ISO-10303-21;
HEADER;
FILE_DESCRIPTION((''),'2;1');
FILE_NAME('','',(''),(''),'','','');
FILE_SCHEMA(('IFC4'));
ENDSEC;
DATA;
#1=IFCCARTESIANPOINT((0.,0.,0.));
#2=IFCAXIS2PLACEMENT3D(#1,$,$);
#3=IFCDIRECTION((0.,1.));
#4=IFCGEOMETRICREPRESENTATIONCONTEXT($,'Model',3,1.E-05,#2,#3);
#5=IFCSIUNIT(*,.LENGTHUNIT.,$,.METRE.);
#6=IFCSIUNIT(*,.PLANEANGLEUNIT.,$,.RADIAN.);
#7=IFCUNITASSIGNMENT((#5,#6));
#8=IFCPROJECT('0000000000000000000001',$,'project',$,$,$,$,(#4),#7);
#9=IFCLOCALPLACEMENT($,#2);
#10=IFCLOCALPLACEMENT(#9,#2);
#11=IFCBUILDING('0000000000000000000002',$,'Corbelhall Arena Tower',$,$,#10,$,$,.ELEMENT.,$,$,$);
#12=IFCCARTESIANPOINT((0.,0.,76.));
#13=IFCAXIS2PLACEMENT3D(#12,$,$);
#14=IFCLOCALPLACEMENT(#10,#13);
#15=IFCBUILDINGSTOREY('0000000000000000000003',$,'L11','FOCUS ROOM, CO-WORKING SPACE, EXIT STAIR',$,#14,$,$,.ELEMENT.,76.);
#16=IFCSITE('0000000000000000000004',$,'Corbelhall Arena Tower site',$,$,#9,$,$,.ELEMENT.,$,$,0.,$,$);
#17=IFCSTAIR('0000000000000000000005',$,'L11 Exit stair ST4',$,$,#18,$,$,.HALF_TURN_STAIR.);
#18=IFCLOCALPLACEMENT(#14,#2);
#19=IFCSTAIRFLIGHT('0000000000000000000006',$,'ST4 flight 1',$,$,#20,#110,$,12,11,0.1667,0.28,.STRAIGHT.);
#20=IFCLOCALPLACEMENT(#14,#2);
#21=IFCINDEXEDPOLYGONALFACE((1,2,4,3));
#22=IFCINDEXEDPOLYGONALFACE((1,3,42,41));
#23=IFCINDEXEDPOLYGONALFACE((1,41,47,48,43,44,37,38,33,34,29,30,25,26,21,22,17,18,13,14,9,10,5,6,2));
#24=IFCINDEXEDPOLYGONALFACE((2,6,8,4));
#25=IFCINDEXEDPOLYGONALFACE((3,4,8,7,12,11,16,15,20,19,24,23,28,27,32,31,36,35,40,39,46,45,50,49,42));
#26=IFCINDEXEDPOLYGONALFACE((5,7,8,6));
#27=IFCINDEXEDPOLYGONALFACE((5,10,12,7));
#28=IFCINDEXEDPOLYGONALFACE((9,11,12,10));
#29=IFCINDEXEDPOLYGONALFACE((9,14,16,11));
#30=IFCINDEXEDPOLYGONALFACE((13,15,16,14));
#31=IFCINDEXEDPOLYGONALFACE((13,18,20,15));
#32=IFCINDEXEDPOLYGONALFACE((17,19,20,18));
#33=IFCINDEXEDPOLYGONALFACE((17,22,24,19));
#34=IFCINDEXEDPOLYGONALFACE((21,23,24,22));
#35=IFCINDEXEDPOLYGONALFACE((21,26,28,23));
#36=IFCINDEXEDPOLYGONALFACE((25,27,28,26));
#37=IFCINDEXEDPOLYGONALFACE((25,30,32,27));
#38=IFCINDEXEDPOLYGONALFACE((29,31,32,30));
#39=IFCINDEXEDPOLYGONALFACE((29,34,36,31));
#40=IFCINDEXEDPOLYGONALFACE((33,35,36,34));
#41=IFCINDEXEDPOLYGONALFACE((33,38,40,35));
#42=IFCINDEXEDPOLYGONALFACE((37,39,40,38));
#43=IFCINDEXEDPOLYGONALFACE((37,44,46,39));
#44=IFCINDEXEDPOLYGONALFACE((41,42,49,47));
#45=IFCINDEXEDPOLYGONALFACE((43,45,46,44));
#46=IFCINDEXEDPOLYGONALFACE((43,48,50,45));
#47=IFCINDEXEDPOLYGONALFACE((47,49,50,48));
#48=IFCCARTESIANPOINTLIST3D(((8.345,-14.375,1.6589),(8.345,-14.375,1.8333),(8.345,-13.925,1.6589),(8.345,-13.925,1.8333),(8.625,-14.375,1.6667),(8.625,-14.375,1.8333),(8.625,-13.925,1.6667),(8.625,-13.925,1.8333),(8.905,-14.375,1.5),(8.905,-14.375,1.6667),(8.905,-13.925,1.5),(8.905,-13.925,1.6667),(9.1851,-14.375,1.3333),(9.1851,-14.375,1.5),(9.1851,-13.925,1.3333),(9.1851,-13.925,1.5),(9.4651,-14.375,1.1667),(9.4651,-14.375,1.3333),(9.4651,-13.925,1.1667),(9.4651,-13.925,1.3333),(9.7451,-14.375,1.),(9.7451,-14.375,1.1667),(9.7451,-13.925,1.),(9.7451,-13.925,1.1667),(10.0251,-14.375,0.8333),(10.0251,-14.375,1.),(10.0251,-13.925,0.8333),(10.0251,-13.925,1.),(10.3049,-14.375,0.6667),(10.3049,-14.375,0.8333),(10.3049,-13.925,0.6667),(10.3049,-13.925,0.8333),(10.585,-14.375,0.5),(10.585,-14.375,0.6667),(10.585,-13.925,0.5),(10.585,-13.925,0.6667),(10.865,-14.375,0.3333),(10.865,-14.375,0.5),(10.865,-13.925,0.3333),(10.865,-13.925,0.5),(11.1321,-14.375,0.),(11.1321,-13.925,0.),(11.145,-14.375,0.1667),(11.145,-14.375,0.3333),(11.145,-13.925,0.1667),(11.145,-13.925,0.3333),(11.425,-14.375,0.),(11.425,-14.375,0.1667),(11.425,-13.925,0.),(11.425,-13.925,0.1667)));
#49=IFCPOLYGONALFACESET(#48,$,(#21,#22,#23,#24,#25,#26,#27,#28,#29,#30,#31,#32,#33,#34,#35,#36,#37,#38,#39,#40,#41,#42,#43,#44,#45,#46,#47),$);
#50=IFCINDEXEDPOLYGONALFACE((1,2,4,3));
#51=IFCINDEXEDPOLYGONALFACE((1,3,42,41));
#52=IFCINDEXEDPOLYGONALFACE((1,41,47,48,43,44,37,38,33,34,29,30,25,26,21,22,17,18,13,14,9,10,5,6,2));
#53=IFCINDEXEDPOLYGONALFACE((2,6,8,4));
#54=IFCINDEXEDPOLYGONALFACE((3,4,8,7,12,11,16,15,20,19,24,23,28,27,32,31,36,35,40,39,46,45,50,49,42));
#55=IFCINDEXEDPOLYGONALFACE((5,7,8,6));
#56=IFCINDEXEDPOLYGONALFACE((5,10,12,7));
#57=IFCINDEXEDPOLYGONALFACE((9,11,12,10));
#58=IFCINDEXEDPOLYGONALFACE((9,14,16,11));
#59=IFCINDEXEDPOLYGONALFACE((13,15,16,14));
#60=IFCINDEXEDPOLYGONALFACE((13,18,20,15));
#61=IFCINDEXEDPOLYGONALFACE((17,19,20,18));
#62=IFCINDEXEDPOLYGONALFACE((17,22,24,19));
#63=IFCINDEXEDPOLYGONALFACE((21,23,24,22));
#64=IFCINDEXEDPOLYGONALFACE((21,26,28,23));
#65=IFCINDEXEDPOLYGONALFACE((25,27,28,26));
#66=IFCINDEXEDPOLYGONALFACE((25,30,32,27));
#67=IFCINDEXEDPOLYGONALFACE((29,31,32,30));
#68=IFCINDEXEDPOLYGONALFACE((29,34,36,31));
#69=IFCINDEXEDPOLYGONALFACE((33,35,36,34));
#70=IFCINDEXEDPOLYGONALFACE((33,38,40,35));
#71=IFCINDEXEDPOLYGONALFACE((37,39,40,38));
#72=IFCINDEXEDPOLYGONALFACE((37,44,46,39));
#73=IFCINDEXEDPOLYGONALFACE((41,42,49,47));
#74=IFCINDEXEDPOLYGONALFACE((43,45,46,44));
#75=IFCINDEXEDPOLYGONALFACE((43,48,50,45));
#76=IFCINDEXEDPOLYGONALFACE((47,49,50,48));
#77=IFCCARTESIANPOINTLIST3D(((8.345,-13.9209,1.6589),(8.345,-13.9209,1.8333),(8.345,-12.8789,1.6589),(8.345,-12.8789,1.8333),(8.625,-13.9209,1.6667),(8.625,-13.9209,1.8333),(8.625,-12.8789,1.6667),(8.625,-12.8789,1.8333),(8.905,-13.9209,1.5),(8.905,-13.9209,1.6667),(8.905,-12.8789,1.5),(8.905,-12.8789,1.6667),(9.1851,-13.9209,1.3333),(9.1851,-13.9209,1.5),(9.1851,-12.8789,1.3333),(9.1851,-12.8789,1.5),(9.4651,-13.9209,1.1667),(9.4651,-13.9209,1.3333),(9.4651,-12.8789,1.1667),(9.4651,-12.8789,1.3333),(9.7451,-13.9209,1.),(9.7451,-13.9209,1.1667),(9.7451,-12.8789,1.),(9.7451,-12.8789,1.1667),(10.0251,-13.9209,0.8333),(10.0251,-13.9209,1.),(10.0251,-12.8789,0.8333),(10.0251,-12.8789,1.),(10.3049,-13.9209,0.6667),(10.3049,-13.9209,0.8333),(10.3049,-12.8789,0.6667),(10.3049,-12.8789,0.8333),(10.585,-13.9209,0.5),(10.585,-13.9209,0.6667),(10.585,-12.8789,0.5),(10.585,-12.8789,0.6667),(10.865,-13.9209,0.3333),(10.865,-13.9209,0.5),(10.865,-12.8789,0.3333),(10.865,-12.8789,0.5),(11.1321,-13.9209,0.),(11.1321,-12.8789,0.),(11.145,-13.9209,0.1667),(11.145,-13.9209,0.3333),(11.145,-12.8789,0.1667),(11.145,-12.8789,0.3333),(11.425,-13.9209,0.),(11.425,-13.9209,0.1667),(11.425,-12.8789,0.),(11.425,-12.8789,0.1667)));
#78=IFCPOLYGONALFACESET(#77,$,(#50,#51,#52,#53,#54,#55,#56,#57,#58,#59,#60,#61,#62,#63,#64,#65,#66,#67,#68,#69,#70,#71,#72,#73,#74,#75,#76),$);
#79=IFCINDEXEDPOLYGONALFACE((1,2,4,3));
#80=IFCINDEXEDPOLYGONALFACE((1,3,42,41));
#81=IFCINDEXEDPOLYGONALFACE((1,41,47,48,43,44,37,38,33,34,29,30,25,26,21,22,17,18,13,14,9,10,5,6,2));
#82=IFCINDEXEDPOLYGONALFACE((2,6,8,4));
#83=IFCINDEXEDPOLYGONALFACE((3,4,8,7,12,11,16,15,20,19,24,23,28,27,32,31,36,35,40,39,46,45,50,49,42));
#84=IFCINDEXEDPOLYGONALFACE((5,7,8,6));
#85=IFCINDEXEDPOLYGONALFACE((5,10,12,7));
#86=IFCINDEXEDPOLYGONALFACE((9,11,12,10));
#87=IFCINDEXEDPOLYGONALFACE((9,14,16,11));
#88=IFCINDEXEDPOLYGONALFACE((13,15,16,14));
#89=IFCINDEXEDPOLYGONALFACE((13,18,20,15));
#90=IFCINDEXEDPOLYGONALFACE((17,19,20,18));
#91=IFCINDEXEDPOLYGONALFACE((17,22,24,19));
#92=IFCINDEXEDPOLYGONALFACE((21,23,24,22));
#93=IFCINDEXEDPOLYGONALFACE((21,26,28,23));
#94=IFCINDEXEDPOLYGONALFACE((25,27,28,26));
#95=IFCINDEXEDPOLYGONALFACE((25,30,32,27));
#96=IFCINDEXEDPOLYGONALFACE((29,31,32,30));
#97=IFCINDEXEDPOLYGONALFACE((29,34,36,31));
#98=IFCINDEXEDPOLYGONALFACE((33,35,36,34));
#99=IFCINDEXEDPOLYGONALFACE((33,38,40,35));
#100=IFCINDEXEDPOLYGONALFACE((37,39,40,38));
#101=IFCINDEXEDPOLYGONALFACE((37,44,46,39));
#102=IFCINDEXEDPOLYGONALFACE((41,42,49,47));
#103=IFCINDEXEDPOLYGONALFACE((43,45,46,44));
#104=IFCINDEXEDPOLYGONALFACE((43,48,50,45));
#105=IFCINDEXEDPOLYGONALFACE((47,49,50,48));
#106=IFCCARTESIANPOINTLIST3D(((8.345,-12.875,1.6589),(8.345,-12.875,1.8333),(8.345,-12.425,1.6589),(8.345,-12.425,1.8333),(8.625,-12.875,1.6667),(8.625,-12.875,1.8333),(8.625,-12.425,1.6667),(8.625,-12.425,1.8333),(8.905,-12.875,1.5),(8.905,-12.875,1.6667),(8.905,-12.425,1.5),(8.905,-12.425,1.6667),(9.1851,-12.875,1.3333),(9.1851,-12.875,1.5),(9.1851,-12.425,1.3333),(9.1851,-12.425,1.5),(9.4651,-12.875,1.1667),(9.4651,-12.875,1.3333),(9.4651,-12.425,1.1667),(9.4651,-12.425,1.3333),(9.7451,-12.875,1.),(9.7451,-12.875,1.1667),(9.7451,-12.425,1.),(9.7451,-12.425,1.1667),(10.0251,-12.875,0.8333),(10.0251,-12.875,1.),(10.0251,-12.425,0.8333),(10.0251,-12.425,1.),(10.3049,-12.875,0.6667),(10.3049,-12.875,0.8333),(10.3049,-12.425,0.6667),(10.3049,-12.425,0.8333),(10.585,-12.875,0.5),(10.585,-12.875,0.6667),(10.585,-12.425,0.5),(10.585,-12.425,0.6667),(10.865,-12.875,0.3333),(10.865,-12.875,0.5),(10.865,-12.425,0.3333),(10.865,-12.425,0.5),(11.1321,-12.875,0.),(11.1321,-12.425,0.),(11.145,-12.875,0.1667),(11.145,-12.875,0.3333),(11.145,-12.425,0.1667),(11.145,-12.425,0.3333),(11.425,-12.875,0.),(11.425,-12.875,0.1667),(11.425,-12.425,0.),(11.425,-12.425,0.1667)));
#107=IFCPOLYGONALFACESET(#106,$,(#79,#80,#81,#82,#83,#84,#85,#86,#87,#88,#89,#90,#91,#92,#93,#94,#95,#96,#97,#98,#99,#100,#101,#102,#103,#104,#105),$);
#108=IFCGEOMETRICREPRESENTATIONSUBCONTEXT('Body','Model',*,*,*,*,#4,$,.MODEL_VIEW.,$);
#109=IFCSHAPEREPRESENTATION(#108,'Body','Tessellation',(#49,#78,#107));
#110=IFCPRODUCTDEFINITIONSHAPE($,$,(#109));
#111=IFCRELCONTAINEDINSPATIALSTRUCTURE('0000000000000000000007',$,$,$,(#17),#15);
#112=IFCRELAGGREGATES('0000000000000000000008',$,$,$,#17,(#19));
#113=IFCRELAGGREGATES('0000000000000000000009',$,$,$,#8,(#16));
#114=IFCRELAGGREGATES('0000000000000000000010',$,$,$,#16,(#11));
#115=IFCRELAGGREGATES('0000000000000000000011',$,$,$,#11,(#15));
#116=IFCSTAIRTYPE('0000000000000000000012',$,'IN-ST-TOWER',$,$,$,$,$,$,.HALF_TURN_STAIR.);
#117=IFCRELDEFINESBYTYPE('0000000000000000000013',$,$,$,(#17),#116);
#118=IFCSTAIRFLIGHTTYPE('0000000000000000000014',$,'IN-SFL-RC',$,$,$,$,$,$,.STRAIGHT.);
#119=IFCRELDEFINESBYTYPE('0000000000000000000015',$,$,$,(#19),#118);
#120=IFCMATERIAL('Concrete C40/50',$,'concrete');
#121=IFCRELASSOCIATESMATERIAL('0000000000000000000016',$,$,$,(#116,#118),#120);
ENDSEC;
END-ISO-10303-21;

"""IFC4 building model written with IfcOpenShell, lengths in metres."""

from ifc_helpers import new_model, si_unit, direction, frame, origin, place, context, subcontext, project, spatial, polyline, outline, extrude, material, type_object, element, aggregate, save


model = new_model("IFC4")

# Units and contexts
model_context = context("Model", 3, precision=1e-05, world=origin(), true_north=direction((0.0, 1.0)))
body_context = subcontext(model_context, "Body", "Model", "MODEL_VIEW")
ifc_project = project(units=[si_unit("LENGTHUNIT", "METRE"), si_unit("PLANEANGLEUNIT", "RADIAN")], contexts=[model_context])

# Site, building, storey
site_placement = place(None, origin())
site = spatial("IfcSite", under=ifc_project, at=site_placement, Name="Corbelhall Arena Tower site", CompositionType="ELEMENT", RefElevation=0.0)
building_placement = place(site_placement, origin())
building = spatial("IfcBuilding", under=site, at=building_placement, Name="Corbelhall Arena Tower", CompositionType="ELEMENT")
storey_placement = place(building_placement, frame((0.0, 0.0, 76.0)))
storey = spatial("IfcBuildingStorey", under=building, at=storey_placement, Name="L11", Description="FOCUS ROOM, CO-WORKING SPACE, EXIT STAIR", CompositionType="ELEMENT", Elevation=76.0)

# Shared definitions
ifc_material_1 = material(Name="Concrete C40/50", Category="concrete")

# Shared definitions
stair_type = type_object("IfcStairType", Name="IN-ST-TOWER", PredefinedType="HALF_TURN_STAIR", material=ifc_material_1)

# Stair, stair flight
stair_1_placement = place(storey_placement, origin())
stair_1 = element("IfcStair", 1, at=stair_1_placement, inside=storey, type_object=stair_type, Name="L11 Exit stair ST4", PredefinedType="HALF_TURN_STAIR")
stair_flight_type = type_object("IfcStairFlightType", Name="IN-SFL-RC", PredefinedType="STRAIGHT", material=ifc_material_1)
stair_flight_placement = place(storey_placement, frame((11.425, -13.3999, 0.0), z_axis=(0.0, 0.0, 1.0), x_axis=(-1.0, 0.0, 0.0)))
stair_flight = element("IfcStairFlight", 2, at=stair_flight_placement, type_object=stair_flight_type, Name="ST4 flight 1", NumberOfRisers=12, NumberOfTreads=11, PredefinedType="STRAIGHT", RiserHeight=0.1667, TreadLength=0.28, context=body_context, shape_type="SweptSolid", body=[
    extrude(outline(polyline([(0.0, 0.0), (0.0, 0.1667), (0.28, 0.1667), (0.28, 0.3333), (0.5601, 0.3333), (0.5601, 0.5), (0.8401, 0.5), (0.8401, 0.6667), (1.1201, 0.6667), (1.1201, 0.8333), (1.3999, 0.8333), (1.3999, 1.0), (1.6799, 1.0), (1.6799, 1.1667), (1.96, 1.1667), (1.96, 1.3333), (2.24, 1.3333), (2.24, 1.5), (2.52, 1.5), (2.52, 1.6667), (2.8, 1.6667), (2.8, 1.8333), (3.0801, 1.8333), (3.0801, 2.0), (3.0801, 1.6589), (0.293, 0.0), (0.0, 0.0)])), frame((0.0, 0.9751, 0.0), z_axis=(0.0, -1.0, 0.0), x_axis=(1.0, 0.0, 0.0)), (0.0, 0.0, 1.0), 0.45),
    extrude(outline(polyline([(0.0, 0.0), (0.0, 0.1667), (0.28, 0.1667), (0.28, 0.3333), (0.5601, 0.3333), (0.5601, 0.5), (0.8401, 0.5), (0.8401, 0.6667), (1.1201, 0.6667), (1.1201, 0.8333), (1.3999, 0.8333), (1.3999, 1.0), (1.6799, 1.0), (1.6799, 1.1667), (1.96, 1.1667), (1.96, 1.3333), (2.24, 1.3333), (2.24, 1.5), (2.52, 1.5), (2.52, 1.6667), (2.8, 1.6667), (2.8, 1.8333), (3.0801, 1.8333), (3.0801, 2.0), (3.0801, 1.6589), (0.293, 0.0), (0.0, 0.0)])), frame((0.0, 0.521, 0.0), z_axis=(0.0, -1.0, 0.0), x_axis=(1.0, 0.0, 0.0)), (0.0, 0.0, 1.0), 1.042),
    extrude(outline(polyline([(0.0, 0.0), (0.0, 0.1667), (0.28, 0.1667), (0.28, 0.3333), (0.5601, 0.3333), (0.5601, 0.5), (0.8401, 0.5), (0.8401, 0.6667), (1.1201, 0.6667), (1.1201, 0.8333), (1.3999, 0.8333), (1.3999, 1.0), (1.6799, 1.0), (1.6799, 1.1667), (1.96, 1.1667), (1.96, 1.3333), (2.24, 1.3333), (2.24, 1.5), (2.52, 1.5), (2.52, 1.6667), (2.8, 1.6667), (2.8, 1.8333), (3.0801, 1.8333), (3.0801, 2.0), (3.0801, 1.6589), (0.293, 0.0), (0.0, 0.0)])), frame((0.0, -0.5249, 0.0), z_axis=(0.0, -1.0, 0.0), x_axis=(1.0, 0.0, 0.0)), (0.0, 0.0, 1.0), 0.45),
])
aggregate(stair_1, [stair_flight])

save(model, "model.ifc")
